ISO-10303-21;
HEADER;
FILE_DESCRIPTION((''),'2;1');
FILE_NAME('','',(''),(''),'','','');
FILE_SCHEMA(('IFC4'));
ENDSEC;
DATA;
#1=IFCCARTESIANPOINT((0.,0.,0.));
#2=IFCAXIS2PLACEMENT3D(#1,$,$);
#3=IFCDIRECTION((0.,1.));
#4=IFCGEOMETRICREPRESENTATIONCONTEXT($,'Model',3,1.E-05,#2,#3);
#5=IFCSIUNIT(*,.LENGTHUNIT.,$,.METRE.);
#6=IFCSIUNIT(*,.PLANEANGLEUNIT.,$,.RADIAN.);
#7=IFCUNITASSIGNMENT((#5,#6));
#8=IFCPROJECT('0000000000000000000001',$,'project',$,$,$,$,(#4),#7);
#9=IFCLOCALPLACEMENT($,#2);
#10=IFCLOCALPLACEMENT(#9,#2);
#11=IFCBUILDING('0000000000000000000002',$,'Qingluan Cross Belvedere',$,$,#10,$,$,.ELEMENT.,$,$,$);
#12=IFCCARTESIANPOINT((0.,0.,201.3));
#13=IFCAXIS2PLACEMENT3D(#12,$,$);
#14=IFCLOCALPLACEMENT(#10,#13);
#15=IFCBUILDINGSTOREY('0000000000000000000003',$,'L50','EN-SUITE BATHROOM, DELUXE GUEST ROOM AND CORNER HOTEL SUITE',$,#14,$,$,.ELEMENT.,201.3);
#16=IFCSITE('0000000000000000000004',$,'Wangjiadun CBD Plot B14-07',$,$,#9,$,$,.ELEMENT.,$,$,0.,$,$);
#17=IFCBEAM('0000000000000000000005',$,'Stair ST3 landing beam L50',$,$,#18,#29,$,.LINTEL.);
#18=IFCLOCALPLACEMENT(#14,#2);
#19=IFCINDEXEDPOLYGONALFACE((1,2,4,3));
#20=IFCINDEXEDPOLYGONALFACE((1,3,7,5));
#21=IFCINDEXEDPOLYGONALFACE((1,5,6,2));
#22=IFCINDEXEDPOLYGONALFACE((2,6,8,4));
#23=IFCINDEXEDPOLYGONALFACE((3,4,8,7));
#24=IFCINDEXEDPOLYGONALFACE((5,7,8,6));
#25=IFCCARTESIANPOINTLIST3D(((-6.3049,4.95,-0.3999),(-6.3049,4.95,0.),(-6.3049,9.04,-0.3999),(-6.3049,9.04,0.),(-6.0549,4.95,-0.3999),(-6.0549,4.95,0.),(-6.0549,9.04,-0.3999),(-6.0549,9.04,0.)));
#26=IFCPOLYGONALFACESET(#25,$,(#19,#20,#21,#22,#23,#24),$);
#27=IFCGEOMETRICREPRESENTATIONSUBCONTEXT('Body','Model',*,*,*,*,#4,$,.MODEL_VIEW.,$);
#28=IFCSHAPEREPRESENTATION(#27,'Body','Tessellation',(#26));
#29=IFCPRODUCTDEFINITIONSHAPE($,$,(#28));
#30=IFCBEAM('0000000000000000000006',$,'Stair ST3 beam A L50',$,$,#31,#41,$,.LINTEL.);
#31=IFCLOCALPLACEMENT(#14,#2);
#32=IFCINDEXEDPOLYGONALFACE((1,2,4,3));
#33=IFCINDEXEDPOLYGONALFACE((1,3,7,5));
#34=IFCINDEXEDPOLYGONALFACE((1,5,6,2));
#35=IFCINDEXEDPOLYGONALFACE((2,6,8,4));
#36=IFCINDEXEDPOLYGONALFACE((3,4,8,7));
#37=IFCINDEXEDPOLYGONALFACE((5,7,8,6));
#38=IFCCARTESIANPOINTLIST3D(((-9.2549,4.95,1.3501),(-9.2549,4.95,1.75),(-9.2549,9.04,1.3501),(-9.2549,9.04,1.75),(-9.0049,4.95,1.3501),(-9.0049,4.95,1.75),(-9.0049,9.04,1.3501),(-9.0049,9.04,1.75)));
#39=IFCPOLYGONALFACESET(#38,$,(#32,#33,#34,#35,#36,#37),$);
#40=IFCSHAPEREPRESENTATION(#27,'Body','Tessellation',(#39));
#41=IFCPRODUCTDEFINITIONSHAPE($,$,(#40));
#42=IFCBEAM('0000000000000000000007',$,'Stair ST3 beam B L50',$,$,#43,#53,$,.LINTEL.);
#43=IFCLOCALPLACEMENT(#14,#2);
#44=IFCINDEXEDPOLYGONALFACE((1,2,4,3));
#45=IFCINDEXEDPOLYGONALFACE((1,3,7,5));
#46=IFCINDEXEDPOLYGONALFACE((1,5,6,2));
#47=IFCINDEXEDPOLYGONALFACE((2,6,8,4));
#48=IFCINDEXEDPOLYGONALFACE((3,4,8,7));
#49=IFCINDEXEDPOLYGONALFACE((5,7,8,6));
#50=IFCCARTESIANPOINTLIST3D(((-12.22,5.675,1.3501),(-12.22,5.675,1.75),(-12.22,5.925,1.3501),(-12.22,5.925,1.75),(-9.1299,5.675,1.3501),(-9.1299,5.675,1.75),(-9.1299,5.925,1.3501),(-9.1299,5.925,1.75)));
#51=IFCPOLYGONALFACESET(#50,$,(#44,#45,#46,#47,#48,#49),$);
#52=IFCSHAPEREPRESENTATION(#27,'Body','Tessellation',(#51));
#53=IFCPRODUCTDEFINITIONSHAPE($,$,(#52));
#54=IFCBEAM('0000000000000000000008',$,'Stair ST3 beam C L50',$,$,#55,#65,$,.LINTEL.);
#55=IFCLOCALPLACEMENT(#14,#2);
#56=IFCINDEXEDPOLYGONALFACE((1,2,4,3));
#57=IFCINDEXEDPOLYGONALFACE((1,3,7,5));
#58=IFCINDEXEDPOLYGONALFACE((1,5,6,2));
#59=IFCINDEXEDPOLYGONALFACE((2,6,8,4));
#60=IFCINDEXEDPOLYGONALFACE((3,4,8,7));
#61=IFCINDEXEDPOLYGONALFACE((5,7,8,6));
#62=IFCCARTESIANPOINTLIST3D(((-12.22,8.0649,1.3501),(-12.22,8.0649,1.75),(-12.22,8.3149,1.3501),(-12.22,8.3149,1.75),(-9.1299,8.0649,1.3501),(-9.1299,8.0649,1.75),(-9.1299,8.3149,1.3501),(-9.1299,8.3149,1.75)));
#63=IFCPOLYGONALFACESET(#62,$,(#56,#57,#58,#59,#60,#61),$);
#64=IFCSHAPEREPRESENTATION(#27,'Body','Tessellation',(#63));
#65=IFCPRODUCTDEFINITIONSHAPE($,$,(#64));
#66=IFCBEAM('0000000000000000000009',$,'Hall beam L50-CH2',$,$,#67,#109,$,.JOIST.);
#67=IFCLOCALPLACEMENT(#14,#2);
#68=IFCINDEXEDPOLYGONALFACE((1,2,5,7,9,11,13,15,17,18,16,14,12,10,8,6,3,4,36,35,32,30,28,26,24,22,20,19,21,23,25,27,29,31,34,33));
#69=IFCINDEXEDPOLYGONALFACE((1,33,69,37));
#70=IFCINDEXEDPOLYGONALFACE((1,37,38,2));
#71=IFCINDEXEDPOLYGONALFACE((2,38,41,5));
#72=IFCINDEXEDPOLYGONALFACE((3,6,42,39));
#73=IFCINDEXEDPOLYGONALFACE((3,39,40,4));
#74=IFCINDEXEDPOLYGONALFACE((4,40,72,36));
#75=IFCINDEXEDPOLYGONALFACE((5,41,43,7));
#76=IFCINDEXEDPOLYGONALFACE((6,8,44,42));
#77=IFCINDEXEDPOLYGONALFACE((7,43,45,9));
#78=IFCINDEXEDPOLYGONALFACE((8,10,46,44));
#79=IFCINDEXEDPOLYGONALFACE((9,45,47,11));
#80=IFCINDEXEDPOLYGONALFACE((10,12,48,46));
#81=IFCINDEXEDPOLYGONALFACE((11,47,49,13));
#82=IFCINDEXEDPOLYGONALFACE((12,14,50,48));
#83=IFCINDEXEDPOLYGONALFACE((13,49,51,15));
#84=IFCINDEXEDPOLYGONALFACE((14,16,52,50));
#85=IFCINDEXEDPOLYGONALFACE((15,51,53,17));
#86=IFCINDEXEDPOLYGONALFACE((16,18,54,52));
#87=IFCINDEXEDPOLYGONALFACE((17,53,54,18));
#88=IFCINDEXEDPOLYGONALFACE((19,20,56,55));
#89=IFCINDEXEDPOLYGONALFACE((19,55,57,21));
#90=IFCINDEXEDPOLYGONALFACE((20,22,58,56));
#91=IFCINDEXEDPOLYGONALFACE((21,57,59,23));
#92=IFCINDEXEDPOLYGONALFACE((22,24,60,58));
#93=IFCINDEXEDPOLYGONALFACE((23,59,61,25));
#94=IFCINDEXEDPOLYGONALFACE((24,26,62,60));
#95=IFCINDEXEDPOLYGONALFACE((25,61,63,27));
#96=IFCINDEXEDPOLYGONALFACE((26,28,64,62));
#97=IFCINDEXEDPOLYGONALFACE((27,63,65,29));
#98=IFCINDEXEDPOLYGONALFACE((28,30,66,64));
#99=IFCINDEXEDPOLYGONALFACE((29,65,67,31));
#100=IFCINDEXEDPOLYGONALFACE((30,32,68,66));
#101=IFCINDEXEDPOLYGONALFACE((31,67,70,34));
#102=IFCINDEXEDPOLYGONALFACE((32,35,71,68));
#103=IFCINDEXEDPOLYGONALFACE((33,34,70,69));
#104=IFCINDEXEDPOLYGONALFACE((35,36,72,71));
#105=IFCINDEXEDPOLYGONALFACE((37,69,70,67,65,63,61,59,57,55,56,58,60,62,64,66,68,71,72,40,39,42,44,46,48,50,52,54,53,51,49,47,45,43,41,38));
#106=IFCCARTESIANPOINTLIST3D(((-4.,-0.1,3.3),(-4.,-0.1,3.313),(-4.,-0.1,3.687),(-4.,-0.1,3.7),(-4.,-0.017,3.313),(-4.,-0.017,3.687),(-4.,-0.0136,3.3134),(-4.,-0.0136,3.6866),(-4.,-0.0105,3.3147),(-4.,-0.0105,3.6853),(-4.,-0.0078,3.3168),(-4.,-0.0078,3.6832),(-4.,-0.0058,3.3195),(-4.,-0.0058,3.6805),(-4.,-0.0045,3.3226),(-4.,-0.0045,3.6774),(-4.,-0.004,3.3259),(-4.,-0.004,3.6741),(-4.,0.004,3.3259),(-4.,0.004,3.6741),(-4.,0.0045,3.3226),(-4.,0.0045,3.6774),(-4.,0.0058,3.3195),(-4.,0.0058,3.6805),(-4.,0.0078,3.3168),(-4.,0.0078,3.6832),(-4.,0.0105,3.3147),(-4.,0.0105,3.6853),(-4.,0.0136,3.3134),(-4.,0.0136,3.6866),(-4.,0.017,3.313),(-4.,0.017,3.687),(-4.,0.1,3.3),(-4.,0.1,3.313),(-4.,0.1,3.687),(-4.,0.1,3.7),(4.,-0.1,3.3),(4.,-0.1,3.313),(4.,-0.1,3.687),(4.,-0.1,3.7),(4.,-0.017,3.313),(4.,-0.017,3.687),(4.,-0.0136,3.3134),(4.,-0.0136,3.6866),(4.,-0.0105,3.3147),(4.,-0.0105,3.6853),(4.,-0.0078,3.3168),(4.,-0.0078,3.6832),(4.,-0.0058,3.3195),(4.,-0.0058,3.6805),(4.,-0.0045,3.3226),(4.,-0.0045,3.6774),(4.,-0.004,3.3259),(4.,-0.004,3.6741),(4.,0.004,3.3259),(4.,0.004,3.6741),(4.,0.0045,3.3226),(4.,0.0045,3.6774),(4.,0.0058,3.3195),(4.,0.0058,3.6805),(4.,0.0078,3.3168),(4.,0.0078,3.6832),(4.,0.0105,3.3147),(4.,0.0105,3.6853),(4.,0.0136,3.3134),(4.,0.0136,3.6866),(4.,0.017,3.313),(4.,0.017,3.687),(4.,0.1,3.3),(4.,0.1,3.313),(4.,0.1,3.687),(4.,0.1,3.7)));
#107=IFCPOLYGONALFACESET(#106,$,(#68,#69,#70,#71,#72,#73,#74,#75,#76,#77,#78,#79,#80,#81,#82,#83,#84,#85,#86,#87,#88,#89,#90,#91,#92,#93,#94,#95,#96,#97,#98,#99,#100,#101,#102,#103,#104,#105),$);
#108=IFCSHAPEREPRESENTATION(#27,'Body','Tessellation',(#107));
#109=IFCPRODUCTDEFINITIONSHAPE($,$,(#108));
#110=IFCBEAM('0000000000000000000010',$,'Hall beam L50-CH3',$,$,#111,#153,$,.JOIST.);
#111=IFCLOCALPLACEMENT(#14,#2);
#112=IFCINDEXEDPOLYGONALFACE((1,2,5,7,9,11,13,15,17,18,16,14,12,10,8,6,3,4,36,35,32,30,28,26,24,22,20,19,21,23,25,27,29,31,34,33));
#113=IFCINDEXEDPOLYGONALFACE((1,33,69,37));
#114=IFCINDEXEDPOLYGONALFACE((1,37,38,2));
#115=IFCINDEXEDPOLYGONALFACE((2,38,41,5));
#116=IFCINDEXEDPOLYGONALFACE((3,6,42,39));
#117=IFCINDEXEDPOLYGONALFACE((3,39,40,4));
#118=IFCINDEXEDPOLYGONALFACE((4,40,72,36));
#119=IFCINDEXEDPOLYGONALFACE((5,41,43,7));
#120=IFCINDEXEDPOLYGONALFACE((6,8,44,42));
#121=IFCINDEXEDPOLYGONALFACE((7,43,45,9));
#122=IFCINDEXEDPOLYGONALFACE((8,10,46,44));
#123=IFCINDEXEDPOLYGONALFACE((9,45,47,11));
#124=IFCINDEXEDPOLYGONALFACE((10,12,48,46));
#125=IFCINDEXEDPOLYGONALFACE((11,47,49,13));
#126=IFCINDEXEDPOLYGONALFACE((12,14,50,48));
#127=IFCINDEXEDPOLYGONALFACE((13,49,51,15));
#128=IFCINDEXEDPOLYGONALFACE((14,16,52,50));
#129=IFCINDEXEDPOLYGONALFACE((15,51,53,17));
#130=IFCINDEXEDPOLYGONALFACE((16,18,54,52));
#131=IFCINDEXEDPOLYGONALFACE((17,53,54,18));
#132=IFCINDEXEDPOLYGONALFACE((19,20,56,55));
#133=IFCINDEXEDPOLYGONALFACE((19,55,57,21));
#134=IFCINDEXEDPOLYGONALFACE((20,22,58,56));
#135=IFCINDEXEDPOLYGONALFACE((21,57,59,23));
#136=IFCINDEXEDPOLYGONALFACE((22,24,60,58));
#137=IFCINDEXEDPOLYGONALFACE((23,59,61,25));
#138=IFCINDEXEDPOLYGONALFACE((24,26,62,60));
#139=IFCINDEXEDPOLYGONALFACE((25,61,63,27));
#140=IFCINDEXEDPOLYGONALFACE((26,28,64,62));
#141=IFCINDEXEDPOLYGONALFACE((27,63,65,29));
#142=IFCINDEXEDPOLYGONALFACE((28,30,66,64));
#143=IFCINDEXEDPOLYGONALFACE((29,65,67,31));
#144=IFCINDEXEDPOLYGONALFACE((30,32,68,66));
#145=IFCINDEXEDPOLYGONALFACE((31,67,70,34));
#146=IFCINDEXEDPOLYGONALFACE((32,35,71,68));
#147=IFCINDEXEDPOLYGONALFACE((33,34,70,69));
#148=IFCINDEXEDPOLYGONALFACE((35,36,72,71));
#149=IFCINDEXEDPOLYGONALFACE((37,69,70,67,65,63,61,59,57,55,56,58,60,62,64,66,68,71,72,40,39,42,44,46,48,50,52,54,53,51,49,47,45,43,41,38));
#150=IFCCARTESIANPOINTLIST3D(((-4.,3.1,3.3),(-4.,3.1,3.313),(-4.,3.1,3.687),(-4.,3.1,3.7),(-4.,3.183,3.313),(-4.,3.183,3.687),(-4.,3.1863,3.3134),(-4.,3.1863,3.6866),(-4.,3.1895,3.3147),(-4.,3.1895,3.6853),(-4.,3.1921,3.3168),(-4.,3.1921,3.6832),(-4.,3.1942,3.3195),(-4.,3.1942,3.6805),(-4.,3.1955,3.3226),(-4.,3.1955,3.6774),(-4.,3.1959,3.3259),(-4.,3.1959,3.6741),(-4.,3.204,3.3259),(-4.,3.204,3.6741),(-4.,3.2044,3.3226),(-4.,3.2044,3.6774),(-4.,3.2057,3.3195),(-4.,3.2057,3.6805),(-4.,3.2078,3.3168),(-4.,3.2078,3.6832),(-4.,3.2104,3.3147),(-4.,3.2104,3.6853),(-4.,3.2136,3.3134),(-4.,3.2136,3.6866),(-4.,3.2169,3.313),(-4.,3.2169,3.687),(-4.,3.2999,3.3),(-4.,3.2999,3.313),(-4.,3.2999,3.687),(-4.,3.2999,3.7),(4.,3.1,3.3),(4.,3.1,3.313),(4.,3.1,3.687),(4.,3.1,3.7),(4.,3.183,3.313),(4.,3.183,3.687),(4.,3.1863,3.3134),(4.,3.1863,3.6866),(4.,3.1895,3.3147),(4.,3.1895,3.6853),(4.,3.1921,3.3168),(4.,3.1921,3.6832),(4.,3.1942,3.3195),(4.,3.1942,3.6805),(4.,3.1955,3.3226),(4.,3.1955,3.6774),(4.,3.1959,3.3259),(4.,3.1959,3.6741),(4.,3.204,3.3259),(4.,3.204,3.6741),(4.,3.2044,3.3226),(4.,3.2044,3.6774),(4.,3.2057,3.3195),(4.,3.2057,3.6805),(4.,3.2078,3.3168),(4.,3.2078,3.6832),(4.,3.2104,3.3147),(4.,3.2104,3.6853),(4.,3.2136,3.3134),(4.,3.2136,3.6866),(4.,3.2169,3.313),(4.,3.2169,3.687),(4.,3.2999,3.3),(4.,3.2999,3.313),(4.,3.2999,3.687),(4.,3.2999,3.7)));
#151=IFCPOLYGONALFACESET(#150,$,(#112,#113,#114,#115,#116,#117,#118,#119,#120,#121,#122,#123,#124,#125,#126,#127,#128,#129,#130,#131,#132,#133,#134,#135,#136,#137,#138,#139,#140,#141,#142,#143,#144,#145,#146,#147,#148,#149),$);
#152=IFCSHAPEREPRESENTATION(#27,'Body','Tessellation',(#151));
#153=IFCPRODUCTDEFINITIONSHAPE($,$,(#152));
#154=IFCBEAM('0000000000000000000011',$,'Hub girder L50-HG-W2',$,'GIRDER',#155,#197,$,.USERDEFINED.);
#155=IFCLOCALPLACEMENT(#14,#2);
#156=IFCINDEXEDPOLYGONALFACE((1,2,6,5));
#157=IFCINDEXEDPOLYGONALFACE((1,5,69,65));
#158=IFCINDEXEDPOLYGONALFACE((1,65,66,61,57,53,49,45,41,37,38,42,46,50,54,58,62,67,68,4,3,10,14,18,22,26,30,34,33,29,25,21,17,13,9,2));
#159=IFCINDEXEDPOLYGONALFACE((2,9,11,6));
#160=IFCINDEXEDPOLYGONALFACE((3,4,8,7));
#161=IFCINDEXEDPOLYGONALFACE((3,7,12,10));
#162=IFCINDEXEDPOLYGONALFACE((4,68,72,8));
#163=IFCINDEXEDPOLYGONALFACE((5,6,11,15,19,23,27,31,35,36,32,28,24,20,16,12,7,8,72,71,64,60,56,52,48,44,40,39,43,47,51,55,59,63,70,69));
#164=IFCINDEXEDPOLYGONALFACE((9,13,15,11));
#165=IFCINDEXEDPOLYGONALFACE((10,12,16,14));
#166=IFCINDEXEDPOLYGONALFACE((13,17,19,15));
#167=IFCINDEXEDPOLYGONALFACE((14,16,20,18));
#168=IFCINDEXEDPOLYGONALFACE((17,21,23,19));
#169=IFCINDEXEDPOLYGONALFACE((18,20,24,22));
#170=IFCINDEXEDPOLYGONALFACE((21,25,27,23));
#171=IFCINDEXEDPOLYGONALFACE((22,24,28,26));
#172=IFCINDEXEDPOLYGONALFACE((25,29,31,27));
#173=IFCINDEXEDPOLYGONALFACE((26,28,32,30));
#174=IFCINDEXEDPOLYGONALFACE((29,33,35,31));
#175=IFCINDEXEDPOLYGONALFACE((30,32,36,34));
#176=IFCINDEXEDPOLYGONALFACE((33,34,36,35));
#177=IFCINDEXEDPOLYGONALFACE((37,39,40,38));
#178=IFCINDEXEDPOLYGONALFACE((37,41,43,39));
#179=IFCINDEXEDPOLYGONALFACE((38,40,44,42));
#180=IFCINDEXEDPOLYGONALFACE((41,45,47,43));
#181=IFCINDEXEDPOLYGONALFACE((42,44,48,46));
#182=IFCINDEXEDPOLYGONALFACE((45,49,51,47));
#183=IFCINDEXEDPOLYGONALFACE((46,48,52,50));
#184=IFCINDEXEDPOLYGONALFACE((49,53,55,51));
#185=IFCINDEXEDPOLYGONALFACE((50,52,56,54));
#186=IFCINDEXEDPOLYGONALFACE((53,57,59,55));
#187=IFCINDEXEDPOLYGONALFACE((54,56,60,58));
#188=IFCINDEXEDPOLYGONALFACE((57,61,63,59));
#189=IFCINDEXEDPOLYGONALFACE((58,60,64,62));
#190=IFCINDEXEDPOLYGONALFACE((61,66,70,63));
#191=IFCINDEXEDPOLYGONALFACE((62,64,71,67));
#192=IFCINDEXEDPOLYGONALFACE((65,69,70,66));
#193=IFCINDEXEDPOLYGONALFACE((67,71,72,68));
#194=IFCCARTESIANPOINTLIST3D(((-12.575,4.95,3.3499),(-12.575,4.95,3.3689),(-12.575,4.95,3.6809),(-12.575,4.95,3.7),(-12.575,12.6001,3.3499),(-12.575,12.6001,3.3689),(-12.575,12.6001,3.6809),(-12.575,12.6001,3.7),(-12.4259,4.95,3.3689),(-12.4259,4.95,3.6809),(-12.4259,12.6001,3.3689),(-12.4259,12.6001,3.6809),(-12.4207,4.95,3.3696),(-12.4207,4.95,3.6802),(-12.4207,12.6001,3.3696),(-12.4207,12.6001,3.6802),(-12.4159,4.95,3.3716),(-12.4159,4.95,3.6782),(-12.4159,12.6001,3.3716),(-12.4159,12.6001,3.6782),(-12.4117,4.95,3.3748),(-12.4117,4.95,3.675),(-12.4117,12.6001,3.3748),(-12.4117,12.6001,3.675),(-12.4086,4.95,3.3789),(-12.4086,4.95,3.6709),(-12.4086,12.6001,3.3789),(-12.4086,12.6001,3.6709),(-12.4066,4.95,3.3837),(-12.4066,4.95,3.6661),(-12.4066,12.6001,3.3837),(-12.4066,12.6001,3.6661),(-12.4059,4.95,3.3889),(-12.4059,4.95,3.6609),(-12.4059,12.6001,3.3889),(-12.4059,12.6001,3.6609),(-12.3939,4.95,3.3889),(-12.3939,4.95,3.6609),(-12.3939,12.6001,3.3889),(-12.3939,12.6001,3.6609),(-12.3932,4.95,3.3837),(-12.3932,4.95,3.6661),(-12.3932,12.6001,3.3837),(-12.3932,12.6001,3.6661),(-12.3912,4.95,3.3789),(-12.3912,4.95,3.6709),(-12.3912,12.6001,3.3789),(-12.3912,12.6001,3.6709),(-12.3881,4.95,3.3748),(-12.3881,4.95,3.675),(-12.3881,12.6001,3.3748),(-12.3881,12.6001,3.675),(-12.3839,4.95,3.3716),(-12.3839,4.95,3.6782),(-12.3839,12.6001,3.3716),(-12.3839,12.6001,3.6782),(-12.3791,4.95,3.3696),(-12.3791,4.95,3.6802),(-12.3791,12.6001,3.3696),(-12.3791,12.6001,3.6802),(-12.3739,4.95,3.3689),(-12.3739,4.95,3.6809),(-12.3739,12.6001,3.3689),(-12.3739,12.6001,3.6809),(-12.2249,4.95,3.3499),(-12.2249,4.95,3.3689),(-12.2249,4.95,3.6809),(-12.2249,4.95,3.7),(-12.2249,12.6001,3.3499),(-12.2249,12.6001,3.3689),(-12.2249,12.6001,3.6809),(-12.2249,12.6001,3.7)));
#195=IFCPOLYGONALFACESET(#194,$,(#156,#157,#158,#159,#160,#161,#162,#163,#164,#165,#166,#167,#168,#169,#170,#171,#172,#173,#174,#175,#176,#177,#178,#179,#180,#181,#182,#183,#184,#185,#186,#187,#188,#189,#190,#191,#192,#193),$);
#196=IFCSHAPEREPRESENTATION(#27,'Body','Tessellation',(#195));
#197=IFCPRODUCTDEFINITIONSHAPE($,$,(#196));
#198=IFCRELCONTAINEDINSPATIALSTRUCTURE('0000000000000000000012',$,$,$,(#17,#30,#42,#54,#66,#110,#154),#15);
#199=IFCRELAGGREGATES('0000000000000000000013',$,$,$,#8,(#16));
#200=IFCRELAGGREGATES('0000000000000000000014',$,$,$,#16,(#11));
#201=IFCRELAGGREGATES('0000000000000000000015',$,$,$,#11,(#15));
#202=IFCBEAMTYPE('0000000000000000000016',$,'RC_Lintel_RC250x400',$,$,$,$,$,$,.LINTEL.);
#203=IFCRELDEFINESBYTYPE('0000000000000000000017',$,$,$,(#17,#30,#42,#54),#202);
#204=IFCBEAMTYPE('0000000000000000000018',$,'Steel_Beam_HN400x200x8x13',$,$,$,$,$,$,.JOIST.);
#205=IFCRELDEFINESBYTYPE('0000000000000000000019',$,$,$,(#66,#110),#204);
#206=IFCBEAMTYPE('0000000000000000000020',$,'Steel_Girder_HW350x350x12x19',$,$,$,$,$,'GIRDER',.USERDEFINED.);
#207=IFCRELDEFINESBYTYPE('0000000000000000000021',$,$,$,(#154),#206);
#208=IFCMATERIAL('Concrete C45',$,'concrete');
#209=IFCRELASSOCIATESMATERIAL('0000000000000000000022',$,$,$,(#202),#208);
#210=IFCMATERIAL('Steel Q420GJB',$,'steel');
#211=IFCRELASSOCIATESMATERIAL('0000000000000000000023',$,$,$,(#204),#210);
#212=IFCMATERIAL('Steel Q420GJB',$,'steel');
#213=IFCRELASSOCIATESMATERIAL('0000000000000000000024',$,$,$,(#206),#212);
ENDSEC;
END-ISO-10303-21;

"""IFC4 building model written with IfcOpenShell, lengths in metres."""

from ifc_helpers import new_model, si_unit, direction, frame, origin, origin_2d, place, context, subcontext, project, spatial, rectangle, i_section, extrude, material, material_profile, profile_set, type_object, element, save


model = new_model("IFC4")

# Units and contexts
model_context = context("Model", 3, precision=1e-05, world=origin(), true_north=direction((0.0, 1.0)))
body_context = subcontext(model_context, "Body", "Model", "MODEL_VIEW")
ifc_project = project(units=[si_unit("LENGTHUNIT", "METRE"), si_unit("PLANEANGLEUNIT", "RADIAN")], contexts=[model_context])

# Site, building, storey
site_placement = place(None, origin())
site = spatial("IfcSite", under=ifc_project, at=site_placement, Name="Wangjiadun CBD Plot B14-07", CompositionType="ELEMENT", RefElevation=0.0)
building_placement = place(site_placement, origin())
building = spatial("IfcBuilding", under=site, at=building_placement, Name="Qingluan Cross Belvedere", CompositionType="ELEMENT")
storey_placement = place(building_placement, frame((0.0, 0.0, 201.3)))
storey = spatial("IfcBuildingStorey", under=building, at=storey_placement, Name="L50", Description="EN-SUITE BATHROOM, DELUXE GUEST ROOM AND CORNER HOTEL SUITE", CompositionType="ELEMENT", Elevation=201.3)

# Beams
ifc_material_1 = material(Name="Concrete C45", Category="concrete")
ifc_material_profile_1 = material_profile(ifc_material_1, rectangle(XDim=0.25, YDim=0.3999, at=origin_2d()), Name="RC250x400")
ifc_profile_set_1 = profile_set([ifc_material_profile_1], Name="Concrete C45")
beam_type_1 = type_object("IfcBeamType", Name="RC_Lintel_RC250x400", PredefinedType="LINTEL", material=ifc_profile_set_1)
for number, where, z_axis, x_axis, name in (
    (1, (-6.1799, 4.95, -0.2), (0.0, 1.0, 0.0), (-1.0, 0.0, 0.0), "Stair ST3 landing beam L50"),
    (2, (-9.1299, 4.95, 1.55), (0.0, 1.0, 0.0), (-1.0, 0.0, 0.0), "Stair ST3 beam A L50"),
):
    element("IfcBeam", number, at=place(storey_placement, frame(where, z_axis=z_axis, x_axis=x_axis)), inside=storey, type_object=beam_type_1, Name=name, PredefinedType="LINTEL", context=body_context, shape_type="SweptSolid", body=[
        extrude(rectangle(XDim=0.25, YDim=0.3999, at=origin_2d()), origin(), (0.0, 0.0, 1.0), 4.0901),
    ])
for number, where, z_axis, x_axis, name in (
    (3, (-12.22, 5.8, 1.55), (1.0, 0.0, 0.0), (0.0, 1.0, 0.0), "Stair ST3 beam B L50"),
    (4, (-12.22, 8.1899, 1.55), (1.0, 0.0, 0.0), (0.0, 1.0, 0.0), "Stair ST3 beam C L50"),
):
    element("IfcBeam", number, at=place(storey_placement, frame(where, z_axis=z_axis, x_axis=x_axis)), inside=storey, type_object=beam_type_1, Name=name, PredefinedType="LINTEL", context=body_context, shape_type="SweptSolid", body=[
        extrude(rectangle(XDim=0.25, YDim=0.3999, at=origin_2d()), origin(), (0.0, 0.0, 1.0), 3.0901),
    ])
ifc_material_2 = material(Name="Steel Q420GJB", Category="steel")
ifc_material_profile_2 = material_profile(ifc_material_2, i_section(OverallWidth=0.2, OverallDepth=0.3999, WebThickness=0.0081, FlangeThickness=0.0129, FilletRadius=0.0129, at=origin_2d()), Name="HN400x200x8x13")
ifc_profile_set_2 = profile_set([ifc_material_profile_2], Name="Steel Q420GJB")
beam_type_2 = type_object("IfcBeamType", Name="Steel_Beam_HN400x200x8x13", PredefinedType="JOIST", material=ifc_profile_set_2)
for number, where, z_axis, x_axis, name in (
    (5, (-4.0, 0.0, 3.5), (1.0, 0.0, 0.0), (0.0, 1.0, 0.0), "Hall beam L50-CH2"),
    (6, (-4.0, 3.2, 3.5), (1.0, 0.0, 0.0), (0.0, 1.0, 0.0), "Hall beam L50-CH3"),
):
    element("IfcBeam", number, at=place(storey_placement, frame(where, z_axis=z_axis, x_axis=x_axis)), inside=storey, type_object=beam_type_2, Name=name, PredefinedType="JOIST", context=body_context, shape_type="SweptSolid", body=[
        extrude(i_section(OverallWidth=0.2, OverallDepth=0.3999, WebThickness=0.0081, FlangeThickness=0.0129, FilletRadius=0.0129, at=origin_2d()), origin(), (0.0, 0.0, 1.0), 8.0),
    ])
ifc_material_3 = material(Name="Steel Q420GJB", Category="steel")
ifc_material_profile_3 = material_profile(ifc_material_3, i_section(OverallWidth=0.3501, OverallDepth=0.3501, WebThickness=0.012, FlangeThickness=0.019, FilletRadius=0.02, at=origin_2d()), Name="HW350x350x12x19")
ifc_profile_set_3 = profile_set([ifc_material_profile_3], Name="Steel Q420GJB")
beam_type_3 = type_object("IfcBeamType", Name="Steel_Girder_HW350x350x12x19", ElementType="GIRDER", PredefinedType="USERDEFINED", material=ifc_profile_set_3)
beam_1_placement = place(storey_placement, frame((-12.3999, 4.95, 3.5249), z_axis=(0.0, 1.0, 0.0), x_axis=(-1.0, 0.0, 0.0)))
element("IfcBeam", 7, at=beam_1_placement, inside=storey, type_object=beam_type_3, Name="Hub girder L50-HG-W2", ObjectType="GIRDER", PredefinedType="USERDEFINED", context=body_context, shape_type="SweptSolid", body=[
    extrude(i_section(OverallWidth=0.3501, OverallDepth=0.3501, WebThickness=0.012, FlangeThickness=0.019, FilletRadius=0.02, at=origin_2d()), origin(), (0.0, 0.0, 1.0), 7.6501),
])

save(model, "model.ifc")
